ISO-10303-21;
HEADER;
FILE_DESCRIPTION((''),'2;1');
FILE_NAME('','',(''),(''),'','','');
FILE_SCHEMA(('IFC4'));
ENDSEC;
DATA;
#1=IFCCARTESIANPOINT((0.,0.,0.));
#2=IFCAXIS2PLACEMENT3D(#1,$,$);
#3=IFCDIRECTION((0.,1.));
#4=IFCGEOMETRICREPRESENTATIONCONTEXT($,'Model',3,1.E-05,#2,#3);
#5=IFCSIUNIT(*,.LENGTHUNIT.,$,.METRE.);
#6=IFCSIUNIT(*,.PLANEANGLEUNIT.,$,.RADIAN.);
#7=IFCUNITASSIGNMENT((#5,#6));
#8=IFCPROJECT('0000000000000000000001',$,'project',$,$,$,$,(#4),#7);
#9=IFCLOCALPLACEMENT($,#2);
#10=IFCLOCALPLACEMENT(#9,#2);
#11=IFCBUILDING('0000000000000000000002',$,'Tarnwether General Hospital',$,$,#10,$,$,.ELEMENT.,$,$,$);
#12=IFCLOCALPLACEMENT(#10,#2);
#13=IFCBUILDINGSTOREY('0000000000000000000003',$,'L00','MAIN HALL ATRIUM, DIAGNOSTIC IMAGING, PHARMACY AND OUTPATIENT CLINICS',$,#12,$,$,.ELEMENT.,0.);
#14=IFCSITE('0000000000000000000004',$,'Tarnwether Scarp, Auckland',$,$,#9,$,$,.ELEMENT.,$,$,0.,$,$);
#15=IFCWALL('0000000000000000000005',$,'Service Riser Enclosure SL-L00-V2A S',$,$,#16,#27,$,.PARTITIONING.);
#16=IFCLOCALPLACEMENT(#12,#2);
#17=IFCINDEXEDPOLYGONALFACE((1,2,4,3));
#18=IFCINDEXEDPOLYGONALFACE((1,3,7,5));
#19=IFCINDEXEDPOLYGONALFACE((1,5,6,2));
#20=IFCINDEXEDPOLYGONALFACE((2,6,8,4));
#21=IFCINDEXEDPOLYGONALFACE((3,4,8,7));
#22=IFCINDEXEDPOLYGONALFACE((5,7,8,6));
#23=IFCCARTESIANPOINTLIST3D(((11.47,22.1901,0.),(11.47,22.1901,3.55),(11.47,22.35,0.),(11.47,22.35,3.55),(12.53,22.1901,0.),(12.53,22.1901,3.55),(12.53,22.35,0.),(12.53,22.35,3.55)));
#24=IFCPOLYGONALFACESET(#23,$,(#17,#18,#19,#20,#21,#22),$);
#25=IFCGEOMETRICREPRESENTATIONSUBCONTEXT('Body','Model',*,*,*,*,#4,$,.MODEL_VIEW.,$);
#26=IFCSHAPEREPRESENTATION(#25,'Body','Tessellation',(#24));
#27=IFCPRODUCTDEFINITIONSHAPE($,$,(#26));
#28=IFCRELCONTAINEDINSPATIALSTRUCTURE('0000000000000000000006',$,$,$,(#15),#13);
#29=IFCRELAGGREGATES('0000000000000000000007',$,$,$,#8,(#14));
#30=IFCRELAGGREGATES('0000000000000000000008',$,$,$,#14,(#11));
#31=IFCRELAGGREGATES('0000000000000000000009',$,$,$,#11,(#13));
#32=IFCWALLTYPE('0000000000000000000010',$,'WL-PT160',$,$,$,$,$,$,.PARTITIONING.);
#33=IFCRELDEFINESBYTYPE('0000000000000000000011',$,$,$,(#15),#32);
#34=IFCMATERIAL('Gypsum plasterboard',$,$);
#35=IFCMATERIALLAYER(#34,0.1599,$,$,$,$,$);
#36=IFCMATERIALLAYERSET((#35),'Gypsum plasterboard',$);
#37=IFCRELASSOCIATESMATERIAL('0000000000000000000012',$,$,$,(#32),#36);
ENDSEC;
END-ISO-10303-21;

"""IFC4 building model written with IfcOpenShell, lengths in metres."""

from ifc_helpers import new_model, si_unit, direction, frame, frame_2d, origin, place, context, subcontext, project, spatial, rectangle, extrude, material, layer, layer_set, type_object, element, save


model = new_model("IFC4")

# Units and contexts
model_context = context("Model", 3, precision=1e-05, world=origin(), true_north=direction((0.0, 1.0)))
body_context = subcontext(model_context, "Body", "Model", "MODEL_VIEW")
ifc_project = project(units=[si_unit("LENGTHUNIT", "METRE"), si_unit("PLANEANGLEUNIT", "RADIAN")], contexts=[model_context])

# Site, building, storey
site_placement = place(None, origin())
site = spatial("IfcSite", under=ifc_project, at=site_placement, Name="Tarnwether Scarp, Auckland", CompositionType="ELEMENT", RefElevation=0.0)
building_placement = place(site_placement, origin())
building = spatial("IfcBuilding", under=site, at=building_placement, Name="Tarnwether General Hospital", CompositionType="ELEMENT")
storey_placement = place(building_placement, origin())
storey = spatial("IfcBuildingStorey", under=building, at=storey_placement, Name="L00", Description="MAIN HALL ATRIUM, DIAGNOSTIC IMAGING, PHARMACY AND OUTPATIENT CLINICS", CompositionType="ELEMENT", Elevation=0.0)

# Wall
ifc_material_1 = material(Name="Gypsum plasterboard")
ifc_layer_1 = layer(ifc_material_1, 0.1599)
ifc_layer_set_1 = layer_set([ifc_layer_1], Name="Gypsum plasterboard")
wall_type_1 = type_object("IfcWallType", Name="WL-PT160", PredefinedType="PARTITIONING", material=ifc_layer_set_1)
wall_1_placement = place(storey_placement, frame((11.47, 22.27, 0.0), z_axis=(0.0, 0.0, 1.0), x_axis=(1.0, 0.0, 0.0)))
element("IfcWall", 1, at=wall_1_placement, inside=storey, type_object=wall_type_1, Name="Service Riser Enclosure SL-L00-V2A S", PredefinedType="PARTITIONING", context=body_context, shape_type="SweptSolid", body=[
    extrude(rectangle(XDim=1.0601, YDim=0.1599, at=frame_2d((0.53, 0.0))), origin(), (0.0, 0.0, 1.0), 3.55),
])

save(model, "model.ifc")
